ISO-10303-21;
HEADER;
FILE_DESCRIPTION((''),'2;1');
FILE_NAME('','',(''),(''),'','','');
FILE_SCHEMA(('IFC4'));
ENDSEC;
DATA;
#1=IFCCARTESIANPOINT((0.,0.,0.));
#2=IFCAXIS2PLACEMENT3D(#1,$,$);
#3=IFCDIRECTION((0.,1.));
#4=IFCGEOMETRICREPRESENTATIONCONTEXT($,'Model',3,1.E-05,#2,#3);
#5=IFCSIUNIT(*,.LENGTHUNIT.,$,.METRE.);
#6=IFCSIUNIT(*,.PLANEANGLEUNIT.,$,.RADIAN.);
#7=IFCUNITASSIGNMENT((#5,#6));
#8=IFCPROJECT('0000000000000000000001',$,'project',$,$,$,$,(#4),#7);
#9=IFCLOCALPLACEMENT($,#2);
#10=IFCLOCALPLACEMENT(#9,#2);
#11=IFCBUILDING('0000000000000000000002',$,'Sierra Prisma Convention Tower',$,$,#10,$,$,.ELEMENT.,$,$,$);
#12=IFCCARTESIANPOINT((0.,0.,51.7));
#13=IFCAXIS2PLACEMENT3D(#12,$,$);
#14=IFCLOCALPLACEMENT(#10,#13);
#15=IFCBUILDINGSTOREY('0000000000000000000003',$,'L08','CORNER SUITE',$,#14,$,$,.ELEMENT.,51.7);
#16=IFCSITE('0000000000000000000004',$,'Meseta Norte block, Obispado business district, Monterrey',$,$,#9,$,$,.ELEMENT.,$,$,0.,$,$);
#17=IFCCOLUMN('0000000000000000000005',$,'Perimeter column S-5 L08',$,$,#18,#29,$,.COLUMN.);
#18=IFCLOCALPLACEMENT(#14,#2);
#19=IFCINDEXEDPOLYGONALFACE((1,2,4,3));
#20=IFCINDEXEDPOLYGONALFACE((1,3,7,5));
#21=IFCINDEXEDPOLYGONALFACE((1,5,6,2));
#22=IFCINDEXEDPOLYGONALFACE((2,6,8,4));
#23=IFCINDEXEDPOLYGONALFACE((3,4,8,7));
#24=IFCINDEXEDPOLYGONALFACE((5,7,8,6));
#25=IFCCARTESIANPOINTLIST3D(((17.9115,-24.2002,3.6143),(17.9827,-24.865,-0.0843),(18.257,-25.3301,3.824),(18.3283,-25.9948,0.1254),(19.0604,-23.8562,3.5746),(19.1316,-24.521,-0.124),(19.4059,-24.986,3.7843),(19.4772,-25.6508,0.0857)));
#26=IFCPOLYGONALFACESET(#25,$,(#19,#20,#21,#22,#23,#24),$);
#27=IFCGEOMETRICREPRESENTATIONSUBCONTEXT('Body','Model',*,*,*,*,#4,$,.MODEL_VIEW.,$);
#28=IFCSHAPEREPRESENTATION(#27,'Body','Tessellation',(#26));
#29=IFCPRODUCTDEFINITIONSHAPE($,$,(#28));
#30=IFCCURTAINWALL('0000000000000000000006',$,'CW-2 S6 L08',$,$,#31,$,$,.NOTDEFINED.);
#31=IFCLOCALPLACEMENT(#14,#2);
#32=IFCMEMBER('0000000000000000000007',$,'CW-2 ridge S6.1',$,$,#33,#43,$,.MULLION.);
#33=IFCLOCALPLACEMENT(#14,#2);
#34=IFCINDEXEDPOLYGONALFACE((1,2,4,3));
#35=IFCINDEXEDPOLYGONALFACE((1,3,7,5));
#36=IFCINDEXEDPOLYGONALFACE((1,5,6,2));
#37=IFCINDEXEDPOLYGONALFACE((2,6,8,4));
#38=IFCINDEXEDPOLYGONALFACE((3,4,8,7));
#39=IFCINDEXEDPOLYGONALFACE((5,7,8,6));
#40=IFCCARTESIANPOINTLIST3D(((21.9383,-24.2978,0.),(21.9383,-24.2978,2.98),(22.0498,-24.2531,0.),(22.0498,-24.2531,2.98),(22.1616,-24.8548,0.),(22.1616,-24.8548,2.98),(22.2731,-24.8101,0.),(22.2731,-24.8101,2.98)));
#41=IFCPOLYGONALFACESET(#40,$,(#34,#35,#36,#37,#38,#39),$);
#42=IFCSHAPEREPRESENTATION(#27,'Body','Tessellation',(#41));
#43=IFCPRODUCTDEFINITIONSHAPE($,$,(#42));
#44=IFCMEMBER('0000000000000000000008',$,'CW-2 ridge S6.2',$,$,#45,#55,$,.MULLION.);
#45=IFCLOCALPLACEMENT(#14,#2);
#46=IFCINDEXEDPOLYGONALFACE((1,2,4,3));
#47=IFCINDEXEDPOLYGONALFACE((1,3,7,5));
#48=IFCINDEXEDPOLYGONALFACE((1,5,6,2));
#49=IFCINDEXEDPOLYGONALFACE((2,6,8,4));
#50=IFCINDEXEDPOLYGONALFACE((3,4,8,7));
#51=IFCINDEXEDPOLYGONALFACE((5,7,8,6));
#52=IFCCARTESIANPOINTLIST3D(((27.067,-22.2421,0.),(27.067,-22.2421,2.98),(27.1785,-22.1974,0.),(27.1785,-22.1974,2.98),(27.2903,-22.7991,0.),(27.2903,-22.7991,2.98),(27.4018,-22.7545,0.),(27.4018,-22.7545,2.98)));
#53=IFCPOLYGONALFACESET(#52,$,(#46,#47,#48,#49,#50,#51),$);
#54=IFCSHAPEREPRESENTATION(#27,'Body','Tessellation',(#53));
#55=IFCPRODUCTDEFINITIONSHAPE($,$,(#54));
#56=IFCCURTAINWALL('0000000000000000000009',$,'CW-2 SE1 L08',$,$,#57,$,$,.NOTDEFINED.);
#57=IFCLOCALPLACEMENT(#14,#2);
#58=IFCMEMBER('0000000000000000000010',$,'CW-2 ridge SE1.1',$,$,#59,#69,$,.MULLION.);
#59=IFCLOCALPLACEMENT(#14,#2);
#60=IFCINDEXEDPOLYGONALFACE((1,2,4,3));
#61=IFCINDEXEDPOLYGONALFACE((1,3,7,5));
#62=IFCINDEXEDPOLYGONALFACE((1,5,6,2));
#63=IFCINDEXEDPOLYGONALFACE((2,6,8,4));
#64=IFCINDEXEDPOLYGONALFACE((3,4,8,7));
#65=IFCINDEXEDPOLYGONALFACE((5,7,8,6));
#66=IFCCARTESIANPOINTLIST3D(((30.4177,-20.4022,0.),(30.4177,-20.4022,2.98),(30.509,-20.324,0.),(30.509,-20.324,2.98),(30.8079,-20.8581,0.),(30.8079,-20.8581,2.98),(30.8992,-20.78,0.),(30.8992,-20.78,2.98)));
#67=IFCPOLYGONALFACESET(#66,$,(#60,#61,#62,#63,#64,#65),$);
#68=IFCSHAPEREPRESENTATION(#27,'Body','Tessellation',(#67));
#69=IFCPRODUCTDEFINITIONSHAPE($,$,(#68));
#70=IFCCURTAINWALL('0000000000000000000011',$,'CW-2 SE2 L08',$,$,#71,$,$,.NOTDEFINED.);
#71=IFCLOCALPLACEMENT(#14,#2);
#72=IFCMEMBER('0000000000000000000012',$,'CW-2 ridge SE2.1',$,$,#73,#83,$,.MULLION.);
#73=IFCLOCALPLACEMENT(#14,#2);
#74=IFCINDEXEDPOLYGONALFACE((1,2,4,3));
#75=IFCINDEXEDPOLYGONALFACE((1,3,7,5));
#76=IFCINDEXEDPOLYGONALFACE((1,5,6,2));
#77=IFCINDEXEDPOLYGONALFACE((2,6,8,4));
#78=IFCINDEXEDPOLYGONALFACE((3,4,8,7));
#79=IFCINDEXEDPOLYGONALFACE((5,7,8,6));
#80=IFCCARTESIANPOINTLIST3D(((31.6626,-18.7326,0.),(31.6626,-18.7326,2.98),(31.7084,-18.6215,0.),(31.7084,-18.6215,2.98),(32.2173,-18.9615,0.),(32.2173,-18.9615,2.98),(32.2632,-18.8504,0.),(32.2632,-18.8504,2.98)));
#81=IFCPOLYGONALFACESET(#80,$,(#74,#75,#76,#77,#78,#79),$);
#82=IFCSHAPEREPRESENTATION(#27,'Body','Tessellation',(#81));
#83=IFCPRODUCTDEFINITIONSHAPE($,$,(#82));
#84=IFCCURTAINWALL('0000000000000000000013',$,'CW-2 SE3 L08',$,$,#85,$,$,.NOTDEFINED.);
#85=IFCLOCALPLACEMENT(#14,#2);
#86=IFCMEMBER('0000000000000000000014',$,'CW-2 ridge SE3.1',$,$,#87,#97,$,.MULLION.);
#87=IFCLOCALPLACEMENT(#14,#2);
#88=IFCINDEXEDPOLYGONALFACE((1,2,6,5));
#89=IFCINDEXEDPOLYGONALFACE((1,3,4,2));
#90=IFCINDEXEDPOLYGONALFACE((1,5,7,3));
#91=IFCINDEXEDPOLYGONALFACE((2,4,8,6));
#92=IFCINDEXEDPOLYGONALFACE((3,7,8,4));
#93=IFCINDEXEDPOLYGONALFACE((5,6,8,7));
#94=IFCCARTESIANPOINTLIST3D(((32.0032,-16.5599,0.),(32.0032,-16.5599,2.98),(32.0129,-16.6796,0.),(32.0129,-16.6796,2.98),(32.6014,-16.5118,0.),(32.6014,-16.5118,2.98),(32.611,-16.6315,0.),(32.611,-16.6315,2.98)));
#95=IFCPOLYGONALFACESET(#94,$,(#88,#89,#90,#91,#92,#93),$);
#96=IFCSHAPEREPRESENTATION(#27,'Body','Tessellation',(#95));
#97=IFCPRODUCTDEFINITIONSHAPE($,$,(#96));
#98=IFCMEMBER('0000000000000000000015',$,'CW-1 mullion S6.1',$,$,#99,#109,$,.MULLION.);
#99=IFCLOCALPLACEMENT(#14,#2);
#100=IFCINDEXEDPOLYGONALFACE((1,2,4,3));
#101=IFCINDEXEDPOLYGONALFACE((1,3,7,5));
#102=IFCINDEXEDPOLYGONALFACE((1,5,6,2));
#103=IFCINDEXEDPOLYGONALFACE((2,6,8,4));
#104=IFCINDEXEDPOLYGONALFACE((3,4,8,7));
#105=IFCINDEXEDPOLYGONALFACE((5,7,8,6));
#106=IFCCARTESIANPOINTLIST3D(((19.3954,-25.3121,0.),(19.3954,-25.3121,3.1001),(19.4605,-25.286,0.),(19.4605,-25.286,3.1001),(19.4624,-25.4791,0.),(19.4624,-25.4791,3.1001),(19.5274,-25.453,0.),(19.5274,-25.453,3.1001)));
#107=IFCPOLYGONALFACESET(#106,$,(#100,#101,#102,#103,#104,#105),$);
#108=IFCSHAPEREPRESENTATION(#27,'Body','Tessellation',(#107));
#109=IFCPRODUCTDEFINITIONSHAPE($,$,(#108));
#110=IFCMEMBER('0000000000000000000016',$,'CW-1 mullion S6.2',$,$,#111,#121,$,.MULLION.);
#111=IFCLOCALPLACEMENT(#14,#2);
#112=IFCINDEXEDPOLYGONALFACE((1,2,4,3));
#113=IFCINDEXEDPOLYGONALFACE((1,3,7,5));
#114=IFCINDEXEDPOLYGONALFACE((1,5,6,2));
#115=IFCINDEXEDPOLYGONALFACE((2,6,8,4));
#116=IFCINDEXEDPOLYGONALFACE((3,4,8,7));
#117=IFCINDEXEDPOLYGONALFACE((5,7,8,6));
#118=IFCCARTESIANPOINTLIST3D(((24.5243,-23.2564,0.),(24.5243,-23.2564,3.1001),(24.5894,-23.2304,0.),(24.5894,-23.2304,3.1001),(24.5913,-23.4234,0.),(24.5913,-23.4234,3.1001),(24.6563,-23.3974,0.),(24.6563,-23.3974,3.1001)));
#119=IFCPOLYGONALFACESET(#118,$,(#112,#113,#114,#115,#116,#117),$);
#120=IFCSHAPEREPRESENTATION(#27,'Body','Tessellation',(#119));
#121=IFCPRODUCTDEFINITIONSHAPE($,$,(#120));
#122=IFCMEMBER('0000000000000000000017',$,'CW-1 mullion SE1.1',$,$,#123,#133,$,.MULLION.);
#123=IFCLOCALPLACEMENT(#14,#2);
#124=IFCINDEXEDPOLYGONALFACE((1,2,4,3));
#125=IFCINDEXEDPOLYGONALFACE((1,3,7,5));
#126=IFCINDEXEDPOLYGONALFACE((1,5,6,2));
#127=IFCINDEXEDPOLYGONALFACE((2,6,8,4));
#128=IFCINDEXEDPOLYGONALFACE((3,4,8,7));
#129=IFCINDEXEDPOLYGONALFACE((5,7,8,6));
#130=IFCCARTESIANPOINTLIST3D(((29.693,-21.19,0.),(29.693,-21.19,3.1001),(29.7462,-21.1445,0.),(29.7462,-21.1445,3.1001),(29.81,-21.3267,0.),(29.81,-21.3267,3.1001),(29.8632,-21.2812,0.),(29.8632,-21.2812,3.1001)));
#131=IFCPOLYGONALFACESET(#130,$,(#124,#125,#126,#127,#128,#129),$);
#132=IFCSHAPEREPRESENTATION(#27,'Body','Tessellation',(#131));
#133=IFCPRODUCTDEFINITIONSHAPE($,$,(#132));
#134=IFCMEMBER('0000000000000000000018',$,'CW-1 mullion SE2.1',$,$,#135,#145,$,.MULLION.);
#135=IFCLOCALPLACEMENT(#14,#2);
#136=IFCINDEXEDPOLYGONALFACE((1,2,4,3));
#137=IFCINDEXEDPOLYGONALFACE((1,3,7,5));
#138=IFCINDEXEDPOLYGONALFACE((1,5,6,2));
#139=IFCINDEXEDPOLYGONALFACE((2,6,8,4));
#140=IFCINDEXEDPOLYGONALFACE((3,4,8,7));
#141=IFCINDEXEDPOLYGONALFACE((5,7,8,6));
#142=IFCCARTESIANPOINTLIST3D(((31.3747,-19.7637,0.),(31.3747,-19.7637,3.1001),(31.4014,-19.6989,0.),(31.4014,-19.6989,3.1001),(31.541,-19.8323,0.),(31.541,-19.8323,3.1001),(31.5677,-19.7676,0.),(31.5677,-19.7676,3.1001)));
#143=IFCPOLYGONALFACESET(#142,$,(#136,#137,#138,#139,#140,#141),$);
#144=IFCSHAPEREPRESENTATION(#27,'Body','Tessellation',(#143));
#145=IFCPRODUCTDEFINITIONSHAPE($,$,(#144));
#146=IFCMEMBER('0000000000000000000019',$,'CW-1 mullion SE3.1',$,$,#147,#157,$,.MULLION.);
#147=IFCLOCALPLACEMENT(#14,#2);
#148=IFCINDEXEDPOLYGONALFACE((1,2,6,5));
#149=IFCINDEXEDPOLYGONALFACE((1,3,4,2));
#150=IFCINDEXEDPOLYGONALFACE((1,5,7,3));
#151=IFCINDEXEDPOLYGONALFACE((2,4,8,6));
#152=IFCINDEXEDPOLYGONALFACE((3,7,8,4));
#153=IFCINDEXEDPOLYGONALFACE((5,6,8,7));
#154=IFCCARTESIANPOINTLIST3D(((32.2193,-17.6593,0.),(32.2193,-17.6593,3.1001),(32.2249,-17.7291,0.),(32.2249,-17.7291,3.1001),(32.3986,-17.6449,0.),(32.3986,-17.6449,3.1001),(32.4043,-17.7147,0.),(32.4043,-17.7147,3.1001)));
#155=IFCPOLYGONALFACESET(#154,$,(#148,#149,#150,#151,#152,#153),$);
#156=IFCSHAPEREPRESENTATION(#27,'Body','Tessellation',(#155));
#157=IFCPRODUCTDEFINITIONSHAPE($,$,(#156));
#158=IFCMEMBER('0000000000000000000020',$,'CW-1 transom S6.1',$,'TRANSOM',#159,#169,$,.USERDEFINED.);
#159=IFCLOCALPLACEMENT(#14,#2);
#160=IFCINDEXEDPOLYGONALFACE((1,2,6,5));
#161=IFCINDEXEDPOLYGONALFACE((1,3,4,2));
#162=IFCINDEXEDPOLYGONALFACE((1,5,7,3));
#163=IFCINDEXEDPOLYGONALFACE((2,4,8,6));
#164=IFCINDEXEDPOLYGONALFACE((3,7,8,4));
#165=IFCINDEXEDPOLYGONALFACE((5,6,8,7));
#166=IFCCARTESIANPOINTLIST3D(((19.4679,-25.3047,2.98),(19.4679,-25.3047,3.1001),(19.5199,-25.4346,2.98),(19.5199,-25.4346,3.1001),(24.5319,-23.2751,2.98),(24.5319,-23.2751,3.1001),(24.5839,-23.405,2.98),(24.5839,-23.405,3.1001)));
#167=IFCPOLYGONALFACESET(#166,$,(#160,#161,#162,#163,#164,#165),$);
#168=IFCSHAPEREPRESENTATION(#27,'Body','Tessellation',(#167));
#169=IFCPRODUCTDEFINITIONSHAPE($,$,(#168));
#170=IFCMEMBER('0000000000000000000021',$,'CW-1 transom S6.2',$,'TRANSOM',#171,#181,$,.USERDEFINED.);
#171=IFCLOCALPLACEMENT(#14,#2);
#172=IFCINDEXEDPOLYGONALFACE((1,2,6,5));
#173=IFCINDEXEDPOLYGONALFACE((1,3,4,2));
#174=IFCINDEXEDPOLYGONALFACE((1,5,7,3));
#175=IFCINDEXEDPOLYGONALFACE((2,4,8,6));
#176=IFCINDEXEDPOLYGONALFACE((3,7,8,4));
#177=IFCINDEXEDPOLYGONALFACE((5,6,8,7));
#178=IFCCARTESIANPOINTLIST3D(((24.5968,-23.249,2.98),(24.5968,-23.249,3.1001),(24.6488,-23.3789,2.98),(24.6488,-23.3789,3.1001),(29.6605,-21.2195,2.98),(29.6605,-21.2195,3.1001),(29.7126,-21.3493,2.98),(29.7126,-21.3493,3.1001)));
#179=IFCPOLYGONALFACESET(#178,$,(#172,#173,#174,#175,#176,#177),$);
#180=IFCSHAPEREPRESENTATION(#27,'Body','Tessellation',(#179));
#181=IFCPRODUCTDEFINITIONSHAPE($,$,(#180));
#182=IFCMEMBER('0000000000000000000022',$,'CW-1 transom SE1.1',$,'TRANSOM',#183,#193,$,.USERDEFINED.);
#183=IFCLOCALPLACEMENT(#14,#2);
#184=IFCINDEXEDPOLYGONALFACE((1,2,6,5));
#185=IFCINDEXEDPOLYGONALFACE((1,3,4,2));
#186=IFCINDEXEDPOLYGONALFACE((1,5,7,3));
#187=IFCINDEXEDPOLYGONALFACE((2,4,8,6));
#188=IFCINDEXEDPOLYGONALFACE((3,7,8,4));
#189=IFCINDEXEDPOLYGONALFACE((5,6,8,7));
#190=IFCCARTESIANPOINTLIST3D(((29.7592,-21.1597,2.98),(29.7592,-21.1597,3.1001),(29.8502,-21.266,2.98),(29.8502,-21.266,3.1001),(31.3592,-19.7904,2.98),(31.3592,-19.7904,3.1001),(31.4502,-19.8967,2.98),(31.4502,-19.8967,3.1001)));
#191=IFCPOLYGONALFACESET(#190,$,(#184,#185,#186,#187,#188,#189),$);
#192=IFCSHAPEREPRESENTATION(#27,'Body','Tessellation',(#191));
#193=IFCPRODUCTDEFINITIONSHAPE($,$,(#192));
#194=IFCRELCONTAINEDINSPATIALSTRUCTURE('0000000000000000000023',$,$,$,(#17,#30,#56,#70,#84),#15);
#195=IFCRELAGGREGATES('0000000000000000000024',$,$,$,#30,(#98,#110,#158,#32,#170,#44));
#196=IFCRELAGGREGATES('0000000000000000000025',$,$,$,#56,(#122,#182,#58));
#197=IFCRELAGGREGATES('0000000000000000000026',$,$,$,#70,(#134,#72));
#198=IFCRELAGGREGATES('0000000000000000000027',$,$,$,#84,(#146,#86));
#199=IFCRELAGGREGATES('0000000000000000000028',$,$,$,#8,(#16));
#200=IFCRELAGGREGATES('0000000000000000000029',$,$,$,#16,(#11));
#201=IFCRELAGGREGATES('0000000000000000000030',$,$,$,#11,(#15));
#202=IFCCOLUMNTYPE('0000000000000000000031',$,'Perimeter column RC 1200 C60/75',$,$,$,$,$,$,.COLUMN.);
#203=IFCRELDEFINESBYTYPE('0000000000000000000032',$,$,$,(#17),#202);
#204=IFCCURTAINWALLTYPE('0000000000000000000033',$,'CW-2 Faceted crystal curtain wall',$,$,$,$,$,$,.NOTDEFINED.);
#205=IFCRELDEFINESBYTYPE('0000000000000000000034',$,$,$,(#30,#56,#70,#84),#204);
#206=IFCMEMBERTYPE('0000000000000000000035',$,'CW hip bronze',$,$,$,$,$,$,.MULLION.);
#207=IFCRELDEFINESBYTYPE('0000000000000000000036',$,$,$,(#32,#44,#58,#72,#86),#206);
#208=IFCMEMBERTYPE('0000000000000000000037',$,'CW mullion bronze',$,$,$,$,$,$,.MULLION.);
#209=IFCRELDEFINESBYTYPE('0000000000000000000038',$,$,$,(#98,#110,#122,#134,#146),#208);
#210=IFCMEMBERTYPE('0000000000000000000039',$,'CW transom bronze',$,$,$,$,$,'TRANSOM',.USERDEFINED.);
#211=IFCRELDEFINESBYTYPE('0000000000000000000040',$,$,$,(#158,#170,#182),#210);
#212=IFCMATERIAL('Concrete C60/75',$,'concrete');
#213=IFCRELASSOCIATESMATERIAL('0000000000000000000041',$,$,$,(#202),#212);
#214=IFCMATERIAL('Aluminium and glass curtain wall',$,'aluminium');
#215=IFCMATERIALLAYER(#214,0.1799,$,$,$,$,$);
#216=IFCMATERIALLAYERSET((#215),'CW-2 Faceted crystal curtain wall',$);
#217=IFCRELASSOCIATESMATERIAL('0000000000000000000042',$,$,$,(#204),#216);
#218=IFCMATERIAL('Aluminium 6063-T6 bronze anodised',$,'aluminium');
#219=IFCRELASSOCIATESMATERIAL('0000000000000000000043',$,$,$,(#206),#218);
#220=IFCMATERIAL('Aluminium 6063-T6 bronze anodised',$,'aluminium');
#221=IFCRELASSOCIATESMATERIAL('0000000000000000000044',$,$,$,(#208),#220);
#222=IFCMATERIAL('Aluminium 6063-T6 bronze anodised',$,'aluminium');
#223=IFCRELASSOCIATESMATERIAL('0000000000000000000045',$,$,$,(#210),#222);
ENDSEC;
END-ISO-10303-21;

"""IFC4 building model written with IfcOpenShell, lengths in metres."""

from ifc_helpers import new_model, si_unit, direction, frame, origin, origin_2d, place, context, subcontext, project, spatial, rectangle, extrude, clip, halfspace, material, layer, layer_set, material_profile, profile_set, type_object, element, aggregate, save


model = new_model("IFC4")

# Units and contexts
model_context = context("Model", 3, precision=1e-05, world=origin(), true_north=direction((0.0, 1.0)))
body_context = subcontext(model_context, "Body", "Model", "MODEL_VIEW")
ifc_project = project(units=[si_unit("LENGTHUNIT", "METRE"), si_unit("PLANEANGLEUNIT", "RADIAN")], contexts=[model_context])

# Site, building, storey
site_placement = place(None, origin())
site = spatial("IfcSite", under=ifc_project, at=site_placement, Name="Meseta Norte block, Obispado business district, Monterrey", CompositionType="ELEMENT", RefElevation=0.0)
building_placement = place(site_placement, origin())
building = spatial("IfcBuilding", under=site, at=building_placement, Name="Sierra Prisma Convention Tower", CompositionType="ELEMENT")
storey_placement = place(building_placement, frame((0.0, 0.0, 51.7)))
storey = spatial("IfcBuildingStorey", under=building, at=storey_placement, Name="L08", Description="CORNER SUITE", CompositionType="ELEMENT", Elevation=51.7)

# Column
ifc_material_1 = material(Name="Concrete C60/75", Category="concrete")
ifc_material_profile_1 = material_profile(ifc_material_1, rectangle(XDim=1.2, YDim=1.2, at=origin_2d()), Name="Perimeter column RC 1200 C60/75")
ifc_profile_set_1 = profile_set([ifc_material_profile_1], Name="Concrete C60/75")
column_type = type_object("IfcColumnType", Name="Perimeter column RC 1200 C60/75", PredefinedType="COLUMN", material=ifc_profile_set_1)
column_placement = place(storey_placement, frame((18.73, -25.2581, 0.0), z_axis=(-0.01896, 0.176876, 0.984051), x_axis=(0.957447, 0.286705, -0.033085)))
element("IfcColumn", 1, at=column_placement, inside=storey, type_object=column_type, Name="Perimeter column S-5 L08", PredefinedType="COLUMN", context=body_context, shape_type="SweptSolid", body=[
    clip(clip(extrude(rectangle(XDim=1.2, YDim=1.2, at=origin_2d()), origin(), (0.0, 0.0, 1.0), 3.76), halfspace(frame((0.0, 0.0, 0.0007)), True)), halfspace(frame((0.0, 0.0, 3.7593)), False)),
])

# Curtain wall, members
ifc_material_2 = material(Name="Aluminium and glass curtain wall", Category="aluminium")
ifc_layer_1 = layer(ifc_material_2, 0.1799)
ifc_layer_set_1 = layer_set([ifc_layer_1], Name="CW-2 Faceted crystal curtain wall")
curtain_wall_type = type_object("IfcCurtainWallType", Name="CW-2 Faceted crystal curtain wall", PredefinedType="NOTDEFINED", material=ifc_layer_set_1)
curtain_wall_1_placement = place(storey_placement, origin())
curtain_wall_1 = element("IfcCurtainWall", 2, at=curtain_wall_1_placement, inside=storey, type_object=curtain_wall_type, Name="CW-2 S6 L08", PredefinedType="NOTDEFINED")
ifc_material_3 = material(Name="Aluminium 6063-T6 bronze anodised", Category="aluminium")
ifc_material_profile_2 = material_profile(ifc_material_3, rectangle(XDim=0.1201, YDim=0.6001, at=origin_2d()), Name="ALU RIDGE BLADE 120x600")
ifc_profile_set_2 = profile_set([ifc_material_profile_2], Name="Aluminium 6063-T6 bronze anodised")
member_type_1 = type_object("IfcMemberType", Name="CW hip bronze", PredefinedType="MULLION", material=ifc_profile_set_2)
member_1_placement = place(storey_placement, frame((22.1057, -24.554, 0.0), z_axis=(0.0, 0.0, 1.0), x_axis=(0.928218, 0.372036, 0.0)))
member_1 = element("IfcMember", 3, at=member_1_placement, type_object=member_type_1, Name="CW-2 ridge S6.1", PredefinedType="MULLION", context=body_context, shape_type="SweptSolid", body=[
    extrude(rectangle(XDim=0.1201, YDim=0.6001, at=origin_2d()), origin(), (0.0, 0.0, 1.0), 2.98),
])
member_2_placement = place(storey_placement, frame((27.2344, -22.4983, 0.0), z_axis=(0.0, 0.0, 1.0), x_axis=(0.928218, 0.372036, 0.0)))
member_2 = element("IfcMember", 4, at=member_2_placement, type_object=member_type_1, Name="CW-2 ridge S6.2", PredefinedType="MULLION", context=body_context, shape_type="SweptSolid", body=[
    extrude(rectangle(XDim=0.1201, YDim=0.6001, at=origin_2d()), origin(), (0.0, 0.0, 1.0), 2.98),
])

# Curtain walls, members
curtain_wall_2_placement = place(storey_placement, origin())
curtain_wall_2 = element("IfcCurtainWall", 5, at=curtain_wall_2_placement, inside=storey, type_object=curtain_wall_type, Name="CW-2 SE1 L08", PredefinedType="NOTDEFINED")
member_3_placement = place(storey_placement, frame((30.6584, -20.5911, 0.0), z_axis=(0.0, 0.0, 1.0), x_axis=(0.759759, 0.650205, 0.0)))
member_3 = element("IfcMember", 6, at=member_3_placement, type_object=member_type_1, Name="CW-2 ridge SE1.1", PredefinedType="MULLION", context=body_context, shape_type="SweptSolid", body=[
    extrude(rectangle(XDim=0.1201, YDim=0.6001, at=origin_2d()), origin(), (0.0, 0.0, 1.0), 2.98),
])
curtain_wall_3_placement = place(storey_placement, origin())
curtain_wall_3 = element("IfcCurtainWall", 7, at=curtain_wall_3_placement, inside=storey, type_object=curtain_wall_type, Name="CW-2 SE2 L08", PredefinedType="NOTDEFINED")
member_4_placement = place(storey_placement, frame((31.9629, -18.7915, 0.0), z_axis=(0.0, 0.0, 1.0), x_axis=(0.381451, 0.924389, 0.0)))
member_4 = element("IfcMember", 8, at=member_4_placement, type_object=member_type_1, Name="CW-2 ridge SE2.1", PredefinedType="MULLION", context=body_context, shape_type="SweptSolid", body=[
    extrude(rectangle(XDim=0.1201, YDim=0.6001, at=origin_2d()), origin(), (0.0, 0.0, 1.0), 2.98),
])
curtain_wall_4_placement = place(storey_placement, origin())
curtain_wall_4 = element("IfcCurtainWall", 9, at=curtain_wall_4_placement, inside=storey, type_object=curtain_wall_type, Name="CW-2 SE3 L08", PredefinedType="NOTDEFINED")
member_5_placement = place(storey_placement, frame((32.3071, -16.5957, 0.0), z_axis=(0.0, 0.0, 1.0), x_axis=(-0.080125, 0.996785, 0.0)))
member_5 = element("IfcMember", 10, at=member_5_placement, type_object=member_type_1, Name="CW-2 ridge SE3.1", PredefinedType="MULLION", context=body_context, shape_type="SweptSolid", body=[
    extrude(rectangle(XDim=0.1201, YDim=0.6001, at=origin_2d()), origin(), (0.0, 0.0, 1.0), 2.98),
])

# Members
ifc_material_4 = material(Name="Aluminium 6063-T6 bronze anodised", Category="aluminium")
ifc_material_profile_3 = material_profile(ifc_material_4, rectangle(XDim=0.1799, YDim=0.0701, at=origin_2d()), Name="ALU MULLION 70x180")
ifc_profile_set_3 = profile_set([ifc_material_profile_3], Name="Aluminium 6063-T6 bronze anodised")
member_type_2 = type_object("IfcMemberType", Name="CW mullion bronze", PredefinedType="MULLION", material=ifc_profile_set_3)
member_6_placement = place(storey_placement, frame((19.4614, -25.3826, 0.0), z_axis=(0.0, 0.0, 1.0), x_axis=(-0.372036, 0.928218, 0.0)))
member_6 = element("IfcMember", 11, at=member_6_placement, type_object=member_type_2, Name="CW-1 mullion S6.1", PredefinedType="MULLION", context=body_context, shape_type="SweptSolid", body=[
    extrude(rectangle(XDim=0.1799, YDim=0.0701, at=origin_2d()), origin(), (0.0, 0.0, 1.0), 3.1001),
])
member_7_placement = place(storey_placement, frame((24.5903, -23.3269, 0.0), z_axis=(0.0, 0.0, 1.0), x_axis=(-0.372036, 0.928218, 0.0)))
member_7 = element("IfcMember", 12, at=member_7_placement, type_object=member_type_2, Name="CW-1 mullion S6.2", PredefinedType="MULLION", context=body_context, shape_type="SweptSolid", body=[
    extrude(rectangle(XDim=0.1799, YDim=0.0701, at=origin_2d()), origin(), (0.0, 0.0, 1.0), 3.1001),
])
member_8_placement = place(storey_placement, frame((29.7781, -21.2356, 0.0), z_axis=(0.0, 0.0, 1.0), x_axis=(-0.650205, 0.759759, 0.0)))
member_8 = element("IfcMember", 13, at=member_8_placement, type_object=member_type_2, Name="CW-1 mullion SE1.1", PredefinedType="MULLION", context=body_context, shape_type="SweptSolid", body=[
    extrude(rectangle(XDim=0.1799, YDim=0.0701, at=origin_2d()), origin(), (0.0, 0.0, 1.0), 3.1001),
])
member_9_placement = place(storey_placement, frame((31.4712, -19.7656, 0.0), z_axis=(0.0, 0.0, 1.0), x_axis=(-0.924389, 0.381451, 0.0)))
member_9 = element("IfcMember", 14, at=member_9_placement, type_object=member_type_2, Name="CW-1 mullion SE2.1", PredefinedType="MULLION", context=body_context, shape_type="SweptSolid", body=[
    extrude(rectangle(XDim=0.1799, YDim=0.0701, at=origin_2d()), origin(), (0.0, 0.0, 1.0), 3.1001),
])
member_10_placement = place(storey_placement, frame((32.3118, -17.687, 0.0), z_axis=(0.0, 0.0, 1.0), x_axis=(-0.996785, -0.080125, 0.0)))
member_10 = element("IfcMember", 15, at=member_10_placement, type_object=member_type_2, Name="CW-1 mullion SE3.1", PredefinedType="MULLION", context=body_context, shape_type="SweptSolid", body=[
    extrude(rectangle(XDim=0.1799, YDim=0.0701, at=origin_2d()), origin(), (0.0, 0.0, 1.0), 3.1001),
])
ifc_material_5 = material(Name="Aluminium 6063-T6 bronze anodised", Category="aluminium")
ifc_material_profile_4 = material_profile(ifc_material_5, rectangle(XDim=0.1399, YDim=0.1201, at=origin_2d()), Name="ALU TRANSOM 120x140")
ifc_profile_set_4 = profile_set([ifc_material_profile_4], Name="Aluminium 6063-T6 bronze anodised")
member_type_3 = type_object("IfcMemberType", Name="CW transom bronze", ElementType="TRANSOM", PredefinedType="USERDEFINED", material=ifc_profile_set_4)
member_11_placement = place(storey_placement, frame((19.4939, -25.3696, 3.04), z_axis=(0.928226, 0.372016, 0.0), x_axis=(-0.372016, 0.928226, 0.0)))
member_11 = element("IfcMember", 16, at=member_11_placement, type_object=member_type_3, Name="CW-1 transom S6.1", ObjectType="TRANSOM", PredefinedType="USERDEFINED", context=body_context, shape_type="SweptSolid", body=[
    extrude(rectangle(XDim=0.1399, YDim=0.1201, at=origin_2d()), origin(), (0.0, 0.0, 1.0), 5.4556),
])
member_12_placement = place(storey_placement, frame((24.6228, -23.314, 3.04), z_axis=(0.92822, 0.372031, 0.0), x_axis=(-0.372031, 0.92822, 0.0)))
member_12 = element("IfcMember", 17, at=member_12_placement, type_object=member_type_3, Name="CW-1 transom S6.2", ObjectType="TRANSOM", PredefinedType="USERDEFINED", context=body_context, shape_type="SweptSolid", body=[
    extrude(rectangle(XDim=0.1399, YDim=0.1201, at=origin_2d()), origin(), (0.0, 0.0, 1.0), 5.4553),
])
member_13_placement = place(storey_placement, frame((29.8047, -21.2129, 3.04), z_axis=(0.759756, 0.650209, 0.0), x_axis=(-0.650209, 0.759756, 0.0)))
member_13 = element("IfcMember", 18, at=member_13_placement, type_object=member_type_3, Name="CW-1 transom SE1.1", ObjectType="TRANSOM", PredefinedType="USERDEFINED", context=body_context, shape_type="SweptSolid", body=[
    extrude(rectangle(XDim=0.1399, YDim=0.1201, at=origin_2d()), origin(), (0.0, 0.0, 1.0), 2.106),
])

aggregate(curtain_wall_1, [member_6, member_7, member_11, member_1, member_12, member_2])
aggregate(curtain_wall_2, [member_8, member_13, member_3])
aggregate(curtain_wall_3, [member_9, member_4])
aggregate(curtain_wall_4, [member_10, member_5])

save(model, "model.ifc")
